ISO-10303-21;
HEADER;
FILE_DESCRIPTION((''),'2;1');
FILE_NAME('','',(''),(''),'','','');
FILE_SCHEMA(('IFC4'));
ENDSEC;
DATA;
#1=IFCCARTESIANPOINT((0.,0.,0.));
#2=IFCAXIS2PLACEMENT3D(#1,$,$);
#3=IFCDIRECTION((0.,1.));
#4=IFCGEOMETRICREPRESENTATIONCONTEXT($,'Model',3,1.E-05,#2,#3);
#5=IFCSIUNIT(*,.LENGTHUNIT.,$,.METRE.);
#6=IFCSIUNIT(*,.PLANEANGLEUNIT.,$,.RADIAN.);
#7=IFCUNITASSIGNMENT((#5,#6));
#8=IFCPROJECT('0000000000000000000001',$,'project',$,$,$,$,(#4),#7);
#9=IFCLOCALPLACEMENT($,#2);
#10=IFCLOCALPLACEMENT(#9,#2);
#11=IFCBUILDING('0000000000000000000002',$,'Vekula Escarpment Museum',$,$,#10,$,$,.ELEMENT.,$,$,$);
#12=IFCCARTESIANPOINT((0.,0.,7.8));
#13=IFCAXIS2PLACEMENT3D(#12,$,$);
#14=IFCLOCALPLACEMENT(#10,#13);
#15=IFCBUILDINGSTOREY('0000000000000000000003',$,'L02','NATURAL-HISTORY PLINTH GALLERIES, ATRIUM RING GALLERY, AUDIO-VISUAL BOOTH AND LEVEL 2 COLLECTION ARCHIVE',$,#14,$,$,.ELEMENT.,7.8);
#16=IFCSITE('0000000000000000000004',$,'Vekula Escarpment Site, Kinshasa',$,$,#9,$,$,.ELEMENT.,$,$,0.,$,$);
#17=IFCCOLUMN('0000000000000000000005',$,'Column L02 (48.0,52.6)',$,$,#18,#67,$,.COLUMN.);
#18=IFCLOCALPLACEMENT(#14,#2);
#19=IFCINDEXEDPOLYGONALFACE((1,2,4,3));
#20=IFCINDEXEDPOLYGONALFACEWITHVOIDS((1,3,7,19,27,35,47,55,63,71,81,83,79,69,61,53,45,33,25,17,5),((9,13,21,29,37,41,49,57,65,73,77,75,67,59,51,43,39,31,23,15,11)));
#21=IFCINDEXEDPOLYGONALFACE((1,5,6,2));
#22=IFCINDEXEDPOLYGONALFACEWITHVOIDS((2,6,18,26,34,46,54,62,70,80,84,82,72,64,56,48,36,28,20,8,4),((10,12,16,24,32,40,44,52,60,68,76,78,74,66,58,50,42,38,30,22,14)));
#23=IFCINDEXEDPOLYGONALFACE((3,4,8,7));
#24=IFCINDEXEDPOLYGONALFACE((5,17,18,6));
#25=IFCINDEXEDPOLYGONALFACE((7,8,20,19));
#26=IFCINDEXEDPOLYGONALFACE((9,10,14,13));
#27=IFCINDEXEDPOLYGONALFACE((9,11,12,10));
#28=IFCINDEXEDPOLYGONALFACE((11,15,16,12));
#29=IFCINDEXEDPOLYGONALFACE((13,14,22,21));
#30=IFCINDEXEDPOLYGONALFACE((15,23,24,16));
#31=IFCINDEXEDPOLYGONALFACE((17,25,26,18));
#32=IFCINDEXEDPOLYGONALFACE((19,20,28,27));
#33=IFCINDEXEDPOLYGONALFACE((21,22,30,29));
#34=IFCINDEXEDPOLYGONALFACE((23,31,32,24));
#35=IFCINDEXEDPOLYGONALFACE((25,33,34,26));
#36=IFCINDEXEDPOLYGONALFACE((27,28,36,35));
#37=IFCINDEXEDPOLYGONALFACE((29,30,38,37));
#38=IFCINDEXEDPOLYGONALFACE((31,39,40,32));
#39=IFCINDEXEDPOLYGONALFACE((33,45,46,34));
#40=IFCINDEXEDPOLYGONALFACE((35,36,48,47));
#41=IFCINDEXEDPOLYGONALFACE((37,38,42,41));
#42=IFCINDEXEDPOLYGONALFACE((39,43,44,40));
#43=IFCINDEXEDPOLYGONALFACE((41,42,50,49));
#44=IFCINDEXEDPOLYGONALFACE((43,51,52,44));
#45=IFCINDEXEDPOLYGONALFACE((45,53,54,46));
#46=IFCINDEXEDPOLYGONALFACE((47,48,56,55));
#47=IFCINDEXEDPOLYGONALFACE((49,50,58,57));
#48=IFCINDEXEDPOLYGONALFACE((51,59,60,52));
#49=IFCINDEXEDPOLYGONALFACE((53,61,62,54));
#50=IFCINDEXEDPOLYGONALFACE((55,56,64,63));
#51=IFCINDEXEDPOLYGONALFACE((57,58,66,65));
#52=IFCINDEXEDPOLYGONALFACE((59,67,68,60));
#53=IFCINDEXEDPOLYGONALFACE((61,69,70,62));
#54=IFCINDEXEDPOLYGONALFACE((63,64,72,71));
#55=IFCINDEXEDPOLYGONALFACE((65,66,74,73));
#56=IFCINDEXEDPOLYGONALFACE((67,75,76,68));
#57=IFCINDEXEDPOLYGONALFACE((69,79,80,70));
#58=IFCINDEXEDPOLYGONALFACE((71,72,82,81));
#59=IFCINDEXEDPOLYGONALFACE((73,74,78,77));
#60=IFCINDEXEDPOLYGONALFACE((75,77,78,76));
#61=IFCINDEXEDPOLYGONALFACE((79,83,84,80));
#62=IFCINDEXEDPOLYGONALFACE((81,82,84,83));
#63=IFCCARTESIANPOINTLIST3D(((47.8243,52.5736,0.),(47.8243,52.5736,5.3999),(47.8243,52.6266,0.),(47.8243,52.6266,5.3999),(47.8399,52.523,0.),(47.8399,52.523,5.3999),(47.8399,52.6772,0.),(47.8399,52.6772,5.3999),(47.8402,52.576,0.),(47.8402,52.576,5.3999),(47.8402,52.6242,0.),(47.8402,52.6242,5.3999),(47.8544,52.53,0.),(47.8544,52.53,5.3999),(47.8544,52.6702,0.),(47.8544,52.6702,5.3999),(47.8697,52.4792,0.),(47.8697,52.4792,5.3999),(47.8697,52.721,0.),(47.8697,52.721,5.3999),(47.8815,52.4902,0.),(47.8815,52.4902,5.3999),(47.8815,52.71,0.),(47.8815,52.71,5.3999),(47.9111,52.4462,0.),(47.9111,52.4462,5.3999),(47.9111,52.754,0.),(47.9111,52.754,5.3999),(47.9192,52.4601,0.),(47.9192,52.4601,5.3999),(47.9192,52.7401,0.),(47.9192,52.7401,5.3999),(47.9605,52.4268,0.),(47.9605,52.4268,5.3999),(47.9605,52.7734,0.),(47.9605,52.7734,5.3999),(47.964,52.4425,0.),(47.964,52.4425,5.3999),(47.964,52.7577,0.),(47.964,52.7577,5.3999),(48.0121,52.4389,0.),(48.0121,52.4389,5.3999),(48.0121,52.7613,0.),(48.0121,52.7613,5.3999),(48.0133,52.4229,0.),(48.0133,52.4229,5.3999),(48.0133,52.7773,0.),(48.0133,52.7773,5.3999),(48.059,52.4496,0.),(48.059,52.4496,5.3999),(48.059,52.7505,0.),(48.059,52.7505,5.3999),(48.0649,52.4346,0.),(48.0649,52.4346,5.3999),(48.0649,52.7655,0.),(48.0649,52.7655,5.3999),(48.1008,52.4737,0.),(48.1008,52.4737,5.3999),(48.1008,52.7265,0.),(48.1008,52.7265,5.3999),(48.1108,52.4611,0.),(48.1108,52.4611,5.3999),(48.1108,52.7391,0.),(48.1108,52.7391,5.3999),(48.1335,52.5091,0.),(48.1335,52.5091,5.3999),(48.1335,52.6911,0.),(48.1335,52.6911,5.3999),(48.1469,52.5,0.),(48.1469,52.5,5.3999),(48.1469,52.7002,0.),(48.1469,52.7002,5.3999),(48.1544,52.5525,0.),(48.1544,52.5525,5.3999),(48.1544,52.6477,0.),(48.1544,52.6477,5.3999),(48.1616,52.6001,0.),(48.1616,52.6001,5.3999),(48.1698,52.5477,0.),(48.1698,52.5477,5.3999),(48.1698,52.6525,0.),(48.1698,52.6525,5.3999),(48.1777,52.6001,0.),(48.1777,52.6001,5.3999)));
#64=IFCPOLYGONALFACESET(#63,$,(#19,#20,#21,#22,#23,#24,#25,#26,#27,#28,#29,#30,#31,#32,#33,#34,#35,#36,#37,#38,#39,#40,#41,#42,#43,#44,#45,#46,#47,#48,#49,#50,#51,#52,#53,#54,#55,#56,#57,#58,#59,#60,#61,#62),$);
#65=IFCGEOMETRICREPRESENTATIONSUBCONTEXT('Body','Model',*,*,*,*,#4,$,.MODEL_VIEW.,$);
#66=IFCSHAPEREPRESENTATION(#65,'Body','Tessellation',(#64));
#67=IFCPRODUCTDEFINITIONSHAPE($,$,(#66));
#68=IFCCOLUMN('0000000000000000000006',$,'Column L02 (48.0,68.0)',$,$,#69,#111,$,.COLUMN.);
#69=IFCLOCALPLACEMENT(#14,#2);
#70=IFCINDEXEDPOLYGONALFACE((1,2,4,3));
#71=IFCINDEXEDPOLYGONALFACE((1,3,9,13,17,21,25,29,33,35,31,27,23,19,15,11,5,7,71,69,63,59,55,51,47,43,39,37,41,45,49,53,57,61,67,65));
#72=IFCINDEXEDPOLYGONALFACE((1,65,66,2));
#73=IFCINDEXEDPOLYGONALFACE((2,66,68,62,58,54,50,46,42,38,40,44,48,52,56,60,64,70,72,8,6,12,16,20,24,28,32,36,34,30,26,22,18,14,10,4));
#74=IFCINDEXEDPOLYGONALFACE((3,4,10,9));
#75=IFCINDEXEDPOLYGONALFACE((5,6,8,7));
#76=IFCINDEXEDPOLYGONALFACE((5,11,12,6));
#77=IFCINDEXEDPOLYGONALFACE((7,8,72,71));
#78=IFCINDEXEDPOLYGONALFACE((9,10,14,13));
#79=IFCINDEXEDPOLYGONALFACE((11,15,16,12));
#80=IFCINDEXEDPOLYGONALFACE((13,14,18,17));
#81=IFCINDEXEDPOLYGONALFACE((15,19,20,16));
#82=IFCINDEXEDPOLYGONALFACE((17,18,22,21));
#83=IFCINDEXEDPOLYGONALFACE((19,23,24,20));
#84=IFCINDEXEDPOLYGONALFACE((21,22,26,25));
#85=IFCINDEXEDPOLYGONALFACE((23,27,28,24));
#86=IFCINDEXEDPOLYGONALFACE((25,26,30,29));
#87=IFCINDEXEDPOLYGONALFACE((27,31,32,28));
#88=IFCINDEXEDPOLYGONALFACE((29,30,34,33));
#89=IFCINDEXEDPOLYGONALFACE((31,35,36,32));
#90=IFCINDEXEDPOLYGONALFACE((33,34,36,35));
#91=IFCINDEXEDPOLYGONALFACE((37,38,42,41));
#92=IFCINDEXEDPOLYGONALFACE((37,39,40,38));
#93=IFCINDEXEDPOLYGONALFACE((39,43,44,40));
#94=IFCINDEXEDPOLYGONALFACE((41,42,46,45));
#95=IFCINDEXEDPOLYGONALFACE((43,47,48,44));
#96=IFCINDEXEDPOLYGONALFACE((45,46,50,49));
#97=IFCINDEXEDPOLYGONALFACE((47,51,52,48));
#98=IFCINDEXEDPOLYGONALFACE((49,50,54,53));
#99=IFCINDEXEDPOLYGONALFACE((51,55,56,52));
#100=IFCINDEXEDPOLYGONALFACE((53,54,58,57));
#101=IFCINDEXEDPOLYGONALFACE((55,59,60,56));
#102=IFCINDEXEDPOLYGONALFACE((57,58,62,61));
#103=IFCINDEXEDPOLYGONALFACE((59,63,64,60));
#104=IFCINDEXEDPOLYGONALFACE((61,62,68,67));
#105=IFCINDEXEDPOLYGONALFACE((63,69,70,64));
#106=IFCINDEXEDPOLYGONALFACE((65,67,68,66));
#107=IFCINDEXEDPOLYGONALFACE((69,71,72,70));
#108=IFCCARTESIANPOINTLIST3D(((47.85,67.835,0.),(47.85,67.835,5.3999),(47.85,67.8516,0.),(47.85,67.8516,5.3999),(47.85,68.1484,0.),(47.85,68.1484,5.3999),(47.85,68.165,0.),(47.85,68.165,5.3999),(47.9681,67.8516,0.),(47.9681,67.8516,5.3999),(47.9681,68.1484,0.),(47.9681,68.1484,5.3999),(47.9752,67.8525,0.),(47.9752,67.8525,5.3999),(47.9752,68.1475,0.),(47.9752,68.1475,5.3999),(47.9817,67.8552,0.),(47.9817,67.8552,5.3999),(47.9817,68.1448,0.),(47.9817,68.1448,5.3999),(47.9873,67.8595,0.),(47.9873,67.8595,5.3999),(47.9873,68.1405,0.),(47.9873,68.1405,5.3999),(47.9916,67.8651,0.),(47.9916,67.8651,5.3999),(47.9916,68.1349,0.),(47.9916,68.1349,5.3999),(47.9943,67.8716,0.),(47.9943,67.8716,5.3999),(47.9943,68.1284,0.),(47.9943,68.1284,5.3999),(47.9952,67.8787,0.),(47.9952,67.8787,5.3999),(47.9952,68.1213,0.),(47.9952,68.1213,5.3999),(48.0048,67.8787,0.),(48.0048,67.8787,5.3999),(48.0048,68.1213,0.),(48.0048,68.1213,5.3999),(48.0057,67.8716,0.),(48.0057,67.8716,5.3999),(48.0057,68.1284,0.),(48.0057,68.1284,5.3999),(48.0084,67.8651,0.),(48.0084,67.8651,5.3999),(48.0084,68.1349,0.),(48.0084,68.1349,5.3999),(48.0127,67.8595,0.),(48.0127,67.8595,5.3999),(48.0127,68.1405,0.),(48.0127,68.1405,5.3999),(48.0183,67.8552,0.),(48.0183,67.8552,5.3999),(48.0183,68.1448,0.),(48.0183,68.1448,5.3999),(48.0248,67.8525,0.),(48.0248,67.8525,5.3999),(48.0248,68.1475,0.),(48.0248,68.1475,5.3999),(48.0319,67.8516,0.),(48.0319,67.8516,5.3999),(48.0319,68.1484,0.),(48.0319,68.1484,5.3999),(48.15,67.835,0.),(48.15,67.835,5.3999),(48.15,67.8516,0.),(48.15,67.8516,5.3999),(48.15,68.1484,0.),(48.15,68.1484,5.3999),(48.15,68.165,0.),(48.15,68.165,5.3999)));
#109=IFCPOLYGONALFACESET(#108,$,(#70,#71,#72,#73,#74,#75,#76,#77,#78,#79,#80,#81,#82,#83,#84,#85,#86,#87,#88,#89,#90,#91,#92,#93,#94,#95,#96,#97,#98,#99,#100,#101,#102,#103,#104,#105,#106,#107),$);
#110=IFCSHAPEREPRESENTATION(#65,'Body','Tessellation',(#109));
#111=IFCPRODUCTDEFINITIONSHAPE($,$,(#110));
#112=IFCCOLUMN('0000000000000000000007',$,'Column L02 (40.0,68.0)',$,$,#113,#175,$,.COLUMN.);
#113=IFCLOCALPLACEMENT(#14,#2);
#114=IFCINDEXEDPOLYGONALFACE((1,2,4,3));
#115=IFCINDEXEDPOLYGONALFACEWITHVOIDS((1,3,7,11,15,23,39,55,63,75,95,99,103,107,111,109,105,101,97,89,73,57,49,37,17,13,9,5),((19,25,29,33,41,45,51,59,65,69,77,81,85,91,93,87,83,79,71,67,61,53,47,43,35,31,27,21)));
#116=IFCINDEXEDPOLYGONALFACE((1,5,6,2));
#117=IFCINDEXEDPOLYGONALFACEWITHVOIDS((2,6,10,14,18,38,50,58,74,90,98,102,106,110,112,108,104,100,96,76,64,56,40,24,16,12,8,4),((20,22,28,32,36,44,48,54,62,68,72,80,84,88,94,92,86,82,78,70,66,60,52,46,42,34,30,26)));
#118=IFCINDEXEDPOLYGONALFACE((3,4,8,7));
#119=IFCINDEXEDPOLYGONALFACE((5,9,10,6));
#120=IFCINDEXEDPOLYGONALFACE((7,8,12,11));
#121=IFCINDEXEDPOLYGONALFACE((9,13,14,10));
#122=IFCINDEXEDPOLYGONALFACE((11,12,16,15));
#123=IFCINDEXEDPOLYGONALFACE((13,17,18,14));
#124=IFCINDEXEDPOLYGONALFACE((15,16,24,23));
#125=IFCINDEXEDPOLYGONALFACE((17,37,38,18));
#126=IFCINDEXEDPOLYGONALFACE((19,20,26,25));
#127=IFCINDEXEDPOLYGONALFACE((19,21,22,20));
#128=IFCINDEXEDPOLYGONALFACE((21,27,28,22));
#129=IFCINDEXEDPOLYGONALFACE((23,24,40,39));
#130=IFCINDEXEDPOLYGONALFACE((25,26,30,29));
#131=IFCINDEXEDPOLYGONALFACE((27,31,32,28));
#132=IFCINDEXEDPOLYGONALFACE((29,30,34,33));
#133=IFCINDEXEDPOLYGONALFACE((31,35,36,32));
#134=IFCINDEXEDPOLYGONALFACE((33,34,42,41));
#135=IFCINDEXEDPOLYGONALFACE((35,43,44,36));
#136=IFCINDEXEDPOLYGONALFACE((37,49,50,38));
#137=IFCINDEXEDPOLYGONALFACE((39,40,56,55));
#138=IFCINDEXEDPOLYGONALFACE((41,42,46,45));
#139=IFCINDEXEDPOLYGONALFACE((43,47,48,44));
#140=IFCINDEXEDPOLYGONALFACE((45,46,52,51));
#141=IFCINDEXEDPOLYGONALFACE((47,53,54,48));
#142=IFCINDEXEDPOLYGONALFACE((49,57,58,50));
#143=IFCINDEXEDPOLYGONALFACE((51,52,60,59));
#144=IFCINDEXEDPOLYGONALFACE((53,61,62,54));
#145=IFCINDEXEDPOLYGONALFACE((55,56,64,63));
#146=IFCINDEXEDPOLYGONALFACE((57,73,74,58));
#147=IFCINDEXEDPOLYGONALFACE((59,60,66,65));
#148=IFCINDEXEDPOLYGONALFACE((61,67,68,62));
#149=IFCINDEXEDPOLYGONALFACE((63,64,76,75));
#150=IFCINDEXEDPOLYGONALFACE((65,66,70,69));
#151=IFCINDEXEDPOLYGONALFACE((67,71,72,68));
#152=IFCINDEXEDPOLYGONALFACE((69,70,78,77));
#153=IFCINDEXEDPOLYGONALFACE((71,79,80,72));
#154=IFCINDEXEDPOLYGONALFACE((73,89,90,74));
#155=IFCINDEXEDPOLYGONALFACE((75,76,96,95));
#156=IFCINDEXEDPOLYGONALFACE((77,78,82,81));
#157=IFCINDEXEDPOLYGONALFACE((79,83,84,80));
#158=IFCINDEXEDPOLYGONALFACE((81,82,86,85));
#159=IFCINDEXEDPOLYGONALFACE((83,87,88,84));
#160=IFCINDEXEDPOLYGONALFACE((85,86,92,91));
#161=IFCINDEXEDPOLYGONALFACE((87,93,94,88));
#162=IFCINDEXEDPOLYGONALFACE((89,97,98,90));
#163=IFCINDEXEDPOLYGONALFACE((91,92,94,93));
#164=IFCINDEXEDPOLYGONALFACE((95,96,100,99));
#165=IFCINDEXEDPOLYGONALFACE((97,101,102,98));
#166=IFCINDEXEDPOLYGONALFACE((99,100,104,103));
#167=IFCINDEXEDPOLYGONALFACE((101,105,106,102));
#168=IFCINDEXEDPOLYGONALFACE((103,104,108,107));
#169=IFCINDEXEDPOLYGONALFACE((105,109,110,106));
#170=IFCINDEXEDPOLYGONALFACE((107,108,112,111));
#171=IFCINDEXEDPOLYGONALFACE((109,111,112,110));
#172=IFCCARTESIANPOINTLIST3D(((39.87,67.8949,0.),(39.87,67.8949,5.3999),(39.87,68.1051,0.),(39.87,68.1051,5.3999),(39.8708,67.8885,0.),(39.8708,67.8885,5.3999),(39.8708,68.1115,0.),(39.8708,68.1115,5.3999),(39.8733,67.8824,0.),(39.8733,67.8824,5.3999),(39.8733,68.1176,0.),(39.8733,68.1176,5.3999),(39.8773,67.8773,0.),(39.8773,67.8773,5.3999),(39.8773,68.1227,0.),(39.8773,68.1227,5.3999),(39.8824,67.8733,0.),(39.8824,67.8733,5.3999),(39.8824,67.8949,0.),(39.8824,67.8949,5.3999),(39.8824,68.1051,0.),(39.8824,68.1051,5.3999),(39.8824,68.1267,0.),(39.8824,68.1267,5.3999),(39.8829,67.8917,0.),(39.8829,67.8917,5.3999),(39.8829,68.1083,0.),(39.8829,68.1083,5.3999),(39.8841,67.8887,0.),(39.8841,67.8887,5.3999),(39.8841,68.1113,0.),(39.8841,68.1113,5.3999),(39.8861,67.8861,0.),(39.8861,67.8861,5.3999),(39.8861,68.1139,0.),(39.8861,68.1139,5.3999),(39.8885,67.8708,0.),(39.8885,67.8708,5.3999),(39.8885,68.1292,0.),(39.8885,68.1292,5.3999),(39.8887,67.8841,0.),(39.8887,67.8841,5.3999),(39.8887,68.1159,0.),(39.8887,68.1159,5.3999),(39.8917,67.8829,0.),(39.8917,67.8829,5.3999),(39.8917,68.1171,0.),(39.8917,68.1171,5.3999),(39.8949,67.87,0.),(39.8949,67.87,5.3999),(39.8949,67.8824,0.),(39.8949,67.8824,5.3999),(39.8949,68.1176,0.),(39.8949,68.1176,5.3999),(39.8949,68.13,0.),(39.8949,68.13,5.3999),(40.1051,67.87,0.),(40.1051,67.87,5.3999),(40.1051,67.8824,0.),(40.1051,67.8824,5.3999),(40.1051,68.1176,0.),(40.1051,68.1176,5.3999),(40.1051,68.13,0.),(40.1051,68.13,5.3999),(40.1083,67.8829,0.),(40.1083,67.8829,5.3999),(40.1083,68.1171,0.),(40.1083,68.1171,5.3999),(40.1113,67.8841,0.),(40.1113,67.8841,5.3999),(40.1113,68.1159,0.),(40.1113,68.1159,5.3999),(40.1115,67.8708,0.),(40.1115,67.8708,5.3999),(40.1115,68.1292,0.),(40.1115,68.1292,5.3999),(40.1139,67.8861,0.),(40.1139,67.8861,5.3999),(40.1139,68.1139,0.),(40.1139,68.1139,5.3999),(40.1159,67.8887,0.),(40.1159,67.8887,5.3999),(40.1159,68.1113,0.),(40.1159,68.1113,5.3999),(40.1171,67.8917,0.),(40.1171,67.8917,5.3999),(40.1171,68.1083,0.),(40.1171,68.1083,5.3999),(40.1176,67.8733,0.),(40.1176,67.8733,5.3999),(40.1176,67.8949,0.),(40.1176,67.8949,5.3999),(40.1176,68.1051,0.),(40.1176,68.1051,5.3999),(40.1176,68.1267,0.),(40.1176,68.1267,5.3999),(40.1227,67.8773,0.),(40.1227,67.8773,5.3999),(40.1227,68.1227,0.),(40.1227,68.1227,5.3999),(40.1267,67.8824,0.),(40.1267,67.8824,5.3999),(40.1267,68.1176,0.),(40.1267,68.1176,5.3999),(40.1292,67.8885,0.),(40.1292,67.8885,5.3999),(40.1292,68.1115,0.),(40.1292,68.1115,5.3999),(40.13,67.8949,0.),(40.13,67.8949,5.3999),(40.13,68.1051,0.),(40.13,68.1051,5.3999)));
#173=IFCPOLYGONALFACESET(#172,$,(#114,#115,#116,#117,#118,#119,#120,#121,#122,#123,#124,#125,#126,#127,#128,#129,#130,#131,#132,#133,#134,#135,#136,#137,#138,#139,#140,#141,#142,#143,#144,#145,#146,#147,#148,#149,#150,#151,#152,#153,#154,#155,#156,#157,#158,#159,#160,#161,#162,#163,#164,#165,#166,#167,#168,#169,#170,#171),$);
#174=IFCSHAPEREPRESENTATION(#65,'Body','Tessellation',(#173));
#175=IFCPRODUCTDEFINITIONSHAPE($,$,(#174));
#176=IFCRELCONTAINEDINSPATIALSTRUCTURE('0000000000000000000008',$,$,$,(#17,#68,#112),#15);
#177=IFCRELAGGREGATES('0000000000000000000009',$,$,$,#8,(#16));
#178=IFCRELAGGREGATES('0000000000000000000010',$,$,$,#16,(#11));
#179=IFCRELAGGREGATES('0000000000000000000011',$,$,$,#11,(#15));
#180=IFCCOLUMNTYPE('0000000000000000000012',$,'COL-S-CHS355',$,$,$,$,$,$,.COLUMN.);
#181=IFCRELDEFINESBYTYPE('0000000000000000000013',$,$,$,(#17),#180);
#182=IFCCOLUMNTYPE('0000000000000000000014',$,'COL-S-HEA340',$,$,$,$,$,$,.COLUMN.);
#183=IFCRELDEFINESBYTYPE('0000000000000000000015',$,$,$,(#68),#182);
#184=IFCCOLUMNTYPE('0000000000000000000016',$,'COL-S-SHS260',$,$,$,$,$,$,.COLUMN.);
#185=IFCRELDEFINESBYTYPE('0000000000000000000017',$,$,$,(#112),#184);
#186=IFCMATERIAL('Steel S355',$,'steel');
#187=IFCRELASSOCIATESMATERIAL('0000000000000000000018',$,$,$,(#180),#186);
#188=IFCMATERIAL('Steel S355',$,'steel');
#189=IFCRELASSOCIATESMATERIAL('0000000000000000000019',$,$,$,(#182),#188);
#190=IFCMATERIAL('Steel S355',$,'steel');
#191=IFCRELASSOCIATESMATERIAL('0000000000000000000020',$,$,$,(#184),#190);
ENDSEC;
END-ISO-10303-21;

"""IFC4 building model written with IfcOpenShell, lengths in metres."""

from ifc_helpers import new_model, si_unit, direction, frame, origin, origin_2d, place, context, subcontext, project, spatial, hollow_rectangle, hollow_circle, i_section, extrude, material, material_profile, profile_set, type_object, element, save


model = new_model("IFC4")

# Units and contexts
model_context = context("Model", 3, precision=1e-05, world=origin(), true_north=direction((0.0, 1.0)))
body_context = subcontext(model_context, "Body", "Model", "MODEL_VIEW")
ifc_project = project(units=[si_unit("LENGTHUNIT", "METRE"), si_unit("PLANEANGLEUNIT", "RADIAN")], contexts=[model_context])

# Site, building, storey
site_placement = place(None, origin())
site = spatial("IfcSite", under=ifc_project, at=site_placement, Name="Vekula Escarpment Site, Kinshasa", CompositionType="ELEMENT", RefElevation=0.0)
building_placement = place(site_placement, origin())
building = spatial("IfcBuilding", under=site, at=building_placement, Name="Vekula Escarpment Museum", CompositionType="ELEMENT")
storey_placement = place(building_placement, frame((0.0, 0.0, 7.8)))
storey = spatial("IfcBuildingStorey", under=building, at=storey_placement, Name="L02", Description="NATURAL-HISTORY PLINTH GALLERIES, ATRIUM RING GALLERY, AUDIO-VISUAL BOOTH AND LEVEL 2 COLLECTION ARCHIVE", CompositionType="ELEMENT", Elevation=7.8)

# Columns
ifc_material_1 = material(Name="Steel S355", Category="steel")
ifc_material_profile_1 = material_profile(ifc_material_1, hollow_circle(Radius=0.1777, WallThickness=0.0161, at=origin_2d()), Name="CHS 355.6x16")
ifc_profile_set_1 = profile_set([ifc_material_profile_1], Name="Steel S355")
column_type_1 = type_object("IfcColumnType", Name="COL-S-CHS355", PredefinedType="COLUMN", material=ifc_profile_set_1)
column_1_placement = place(storey_placement, frame((48.0, 52.6001, 0.0), z_axis=(0.0, 0.0, 1.0), x_axis=(1.0, 0.0, 0.0)))
element("IfcColumn", 1, at=column_1_placement, inside=storey, type_object=column_type_1, Name="Column L02 (48.0,52.6)", PredefinedType="COLUMN", context=body_context, shape_type="SweptSolid", body=[
    extrude(hollow_circle(Radius=0.1777, WallThickness=0.0161, at=origin_2d()), origin(), (0.0, 0.0, 1.0), 5.3999),
])
ifc_material_2 = material(Name="Steel S355", Category="steel")
ifc_material_profile_2 = material_profile(ifc_material_2, i_section(OverallWidth=0.3, OverallDepth=0.3301, WebThickness=0.0095, FlangeThickness=0.0166, FilletRadius=0.0271, at=origin_2d()), Name="HEA 340")
ifc_profile_set_2 = profile_set([ifc_material_profile_2], Name="Steel S355")
column_type_2 = type_object("IfcColumnType", Name="COL-S-HEA340", PredefinedType="COLUMN", material=ifc_profile_set_2)
column_2_placement = place(storey_placement, frame((48.0, 68.0, 0.0), z_axis=(0.0, 0.0, 1.0), x_axis=(1.0, 0.0, 0.0)))
element("IfcColumn", 2, at=column_2_placement, inside=storey, type_object=column_type_2, Name="Column L02 (48.0,68.0)", PredefinedType="COLUMN", context=body_context, shape_type="SweptSolid", body=[
    extrude(i_section(OverallWidth=0.3, OverallDepth=0.3301, WebThickness=0.0095, FlangeThickness=0.0166, FilletRadius=0.0271, at=origin_2d()), origin(), (0.0, 0.0, 1.0), 5.3999),
])
ifc_material_3 = material(Name="Steel S355", Category="steel")
ifc_material_profile_3 = material_profile(ifc_material_3, hollow_rectangle(XDim=0.26, YDim=0.26, WallThickness=0.0125, InnerFilletRadius=0.0125, OuterFilletRadius=0.0249, at=origin_2d()), Name="SHS 260x260x12.5")
ifc_profile_set_3 = profile_set([ifc_material_profile_3], Name="Steel S355")
column_type_3 = type_object("IfcColumnType", Name="COL-S-SHS260", PredefinedType="COLUMN", material=ifc_profile_set_3)
for number, where, z_axis, x_axis, name in (
    (3, (40.0, 68.0, 0.0), (0.0, 0.0, 1.0), (1.0, 0.0, 0.0), "Column L02 (40.0,68.0)"),
):
    element("IfcColumn", number, at=place(storey_placement, frame(where, z_axis=z_axis, x_axis=x_axis)), inside=storey, type_object=column_type_3, Name=name, PredefinedType="COLUMN", context=body_context, shape_type="SweptSolid", body=[
        extrude(hollow_rectangle(XDim=0.26, YDim=0.26, WallThickness=0.0125, InnerFilletRadius=0.0125, OuterFilletRadius=0.0249, at=origin_2d()), origin(), (0.0, 0.0, 1.0), 5.3999),
    ])

save(model, "model.ifc")
